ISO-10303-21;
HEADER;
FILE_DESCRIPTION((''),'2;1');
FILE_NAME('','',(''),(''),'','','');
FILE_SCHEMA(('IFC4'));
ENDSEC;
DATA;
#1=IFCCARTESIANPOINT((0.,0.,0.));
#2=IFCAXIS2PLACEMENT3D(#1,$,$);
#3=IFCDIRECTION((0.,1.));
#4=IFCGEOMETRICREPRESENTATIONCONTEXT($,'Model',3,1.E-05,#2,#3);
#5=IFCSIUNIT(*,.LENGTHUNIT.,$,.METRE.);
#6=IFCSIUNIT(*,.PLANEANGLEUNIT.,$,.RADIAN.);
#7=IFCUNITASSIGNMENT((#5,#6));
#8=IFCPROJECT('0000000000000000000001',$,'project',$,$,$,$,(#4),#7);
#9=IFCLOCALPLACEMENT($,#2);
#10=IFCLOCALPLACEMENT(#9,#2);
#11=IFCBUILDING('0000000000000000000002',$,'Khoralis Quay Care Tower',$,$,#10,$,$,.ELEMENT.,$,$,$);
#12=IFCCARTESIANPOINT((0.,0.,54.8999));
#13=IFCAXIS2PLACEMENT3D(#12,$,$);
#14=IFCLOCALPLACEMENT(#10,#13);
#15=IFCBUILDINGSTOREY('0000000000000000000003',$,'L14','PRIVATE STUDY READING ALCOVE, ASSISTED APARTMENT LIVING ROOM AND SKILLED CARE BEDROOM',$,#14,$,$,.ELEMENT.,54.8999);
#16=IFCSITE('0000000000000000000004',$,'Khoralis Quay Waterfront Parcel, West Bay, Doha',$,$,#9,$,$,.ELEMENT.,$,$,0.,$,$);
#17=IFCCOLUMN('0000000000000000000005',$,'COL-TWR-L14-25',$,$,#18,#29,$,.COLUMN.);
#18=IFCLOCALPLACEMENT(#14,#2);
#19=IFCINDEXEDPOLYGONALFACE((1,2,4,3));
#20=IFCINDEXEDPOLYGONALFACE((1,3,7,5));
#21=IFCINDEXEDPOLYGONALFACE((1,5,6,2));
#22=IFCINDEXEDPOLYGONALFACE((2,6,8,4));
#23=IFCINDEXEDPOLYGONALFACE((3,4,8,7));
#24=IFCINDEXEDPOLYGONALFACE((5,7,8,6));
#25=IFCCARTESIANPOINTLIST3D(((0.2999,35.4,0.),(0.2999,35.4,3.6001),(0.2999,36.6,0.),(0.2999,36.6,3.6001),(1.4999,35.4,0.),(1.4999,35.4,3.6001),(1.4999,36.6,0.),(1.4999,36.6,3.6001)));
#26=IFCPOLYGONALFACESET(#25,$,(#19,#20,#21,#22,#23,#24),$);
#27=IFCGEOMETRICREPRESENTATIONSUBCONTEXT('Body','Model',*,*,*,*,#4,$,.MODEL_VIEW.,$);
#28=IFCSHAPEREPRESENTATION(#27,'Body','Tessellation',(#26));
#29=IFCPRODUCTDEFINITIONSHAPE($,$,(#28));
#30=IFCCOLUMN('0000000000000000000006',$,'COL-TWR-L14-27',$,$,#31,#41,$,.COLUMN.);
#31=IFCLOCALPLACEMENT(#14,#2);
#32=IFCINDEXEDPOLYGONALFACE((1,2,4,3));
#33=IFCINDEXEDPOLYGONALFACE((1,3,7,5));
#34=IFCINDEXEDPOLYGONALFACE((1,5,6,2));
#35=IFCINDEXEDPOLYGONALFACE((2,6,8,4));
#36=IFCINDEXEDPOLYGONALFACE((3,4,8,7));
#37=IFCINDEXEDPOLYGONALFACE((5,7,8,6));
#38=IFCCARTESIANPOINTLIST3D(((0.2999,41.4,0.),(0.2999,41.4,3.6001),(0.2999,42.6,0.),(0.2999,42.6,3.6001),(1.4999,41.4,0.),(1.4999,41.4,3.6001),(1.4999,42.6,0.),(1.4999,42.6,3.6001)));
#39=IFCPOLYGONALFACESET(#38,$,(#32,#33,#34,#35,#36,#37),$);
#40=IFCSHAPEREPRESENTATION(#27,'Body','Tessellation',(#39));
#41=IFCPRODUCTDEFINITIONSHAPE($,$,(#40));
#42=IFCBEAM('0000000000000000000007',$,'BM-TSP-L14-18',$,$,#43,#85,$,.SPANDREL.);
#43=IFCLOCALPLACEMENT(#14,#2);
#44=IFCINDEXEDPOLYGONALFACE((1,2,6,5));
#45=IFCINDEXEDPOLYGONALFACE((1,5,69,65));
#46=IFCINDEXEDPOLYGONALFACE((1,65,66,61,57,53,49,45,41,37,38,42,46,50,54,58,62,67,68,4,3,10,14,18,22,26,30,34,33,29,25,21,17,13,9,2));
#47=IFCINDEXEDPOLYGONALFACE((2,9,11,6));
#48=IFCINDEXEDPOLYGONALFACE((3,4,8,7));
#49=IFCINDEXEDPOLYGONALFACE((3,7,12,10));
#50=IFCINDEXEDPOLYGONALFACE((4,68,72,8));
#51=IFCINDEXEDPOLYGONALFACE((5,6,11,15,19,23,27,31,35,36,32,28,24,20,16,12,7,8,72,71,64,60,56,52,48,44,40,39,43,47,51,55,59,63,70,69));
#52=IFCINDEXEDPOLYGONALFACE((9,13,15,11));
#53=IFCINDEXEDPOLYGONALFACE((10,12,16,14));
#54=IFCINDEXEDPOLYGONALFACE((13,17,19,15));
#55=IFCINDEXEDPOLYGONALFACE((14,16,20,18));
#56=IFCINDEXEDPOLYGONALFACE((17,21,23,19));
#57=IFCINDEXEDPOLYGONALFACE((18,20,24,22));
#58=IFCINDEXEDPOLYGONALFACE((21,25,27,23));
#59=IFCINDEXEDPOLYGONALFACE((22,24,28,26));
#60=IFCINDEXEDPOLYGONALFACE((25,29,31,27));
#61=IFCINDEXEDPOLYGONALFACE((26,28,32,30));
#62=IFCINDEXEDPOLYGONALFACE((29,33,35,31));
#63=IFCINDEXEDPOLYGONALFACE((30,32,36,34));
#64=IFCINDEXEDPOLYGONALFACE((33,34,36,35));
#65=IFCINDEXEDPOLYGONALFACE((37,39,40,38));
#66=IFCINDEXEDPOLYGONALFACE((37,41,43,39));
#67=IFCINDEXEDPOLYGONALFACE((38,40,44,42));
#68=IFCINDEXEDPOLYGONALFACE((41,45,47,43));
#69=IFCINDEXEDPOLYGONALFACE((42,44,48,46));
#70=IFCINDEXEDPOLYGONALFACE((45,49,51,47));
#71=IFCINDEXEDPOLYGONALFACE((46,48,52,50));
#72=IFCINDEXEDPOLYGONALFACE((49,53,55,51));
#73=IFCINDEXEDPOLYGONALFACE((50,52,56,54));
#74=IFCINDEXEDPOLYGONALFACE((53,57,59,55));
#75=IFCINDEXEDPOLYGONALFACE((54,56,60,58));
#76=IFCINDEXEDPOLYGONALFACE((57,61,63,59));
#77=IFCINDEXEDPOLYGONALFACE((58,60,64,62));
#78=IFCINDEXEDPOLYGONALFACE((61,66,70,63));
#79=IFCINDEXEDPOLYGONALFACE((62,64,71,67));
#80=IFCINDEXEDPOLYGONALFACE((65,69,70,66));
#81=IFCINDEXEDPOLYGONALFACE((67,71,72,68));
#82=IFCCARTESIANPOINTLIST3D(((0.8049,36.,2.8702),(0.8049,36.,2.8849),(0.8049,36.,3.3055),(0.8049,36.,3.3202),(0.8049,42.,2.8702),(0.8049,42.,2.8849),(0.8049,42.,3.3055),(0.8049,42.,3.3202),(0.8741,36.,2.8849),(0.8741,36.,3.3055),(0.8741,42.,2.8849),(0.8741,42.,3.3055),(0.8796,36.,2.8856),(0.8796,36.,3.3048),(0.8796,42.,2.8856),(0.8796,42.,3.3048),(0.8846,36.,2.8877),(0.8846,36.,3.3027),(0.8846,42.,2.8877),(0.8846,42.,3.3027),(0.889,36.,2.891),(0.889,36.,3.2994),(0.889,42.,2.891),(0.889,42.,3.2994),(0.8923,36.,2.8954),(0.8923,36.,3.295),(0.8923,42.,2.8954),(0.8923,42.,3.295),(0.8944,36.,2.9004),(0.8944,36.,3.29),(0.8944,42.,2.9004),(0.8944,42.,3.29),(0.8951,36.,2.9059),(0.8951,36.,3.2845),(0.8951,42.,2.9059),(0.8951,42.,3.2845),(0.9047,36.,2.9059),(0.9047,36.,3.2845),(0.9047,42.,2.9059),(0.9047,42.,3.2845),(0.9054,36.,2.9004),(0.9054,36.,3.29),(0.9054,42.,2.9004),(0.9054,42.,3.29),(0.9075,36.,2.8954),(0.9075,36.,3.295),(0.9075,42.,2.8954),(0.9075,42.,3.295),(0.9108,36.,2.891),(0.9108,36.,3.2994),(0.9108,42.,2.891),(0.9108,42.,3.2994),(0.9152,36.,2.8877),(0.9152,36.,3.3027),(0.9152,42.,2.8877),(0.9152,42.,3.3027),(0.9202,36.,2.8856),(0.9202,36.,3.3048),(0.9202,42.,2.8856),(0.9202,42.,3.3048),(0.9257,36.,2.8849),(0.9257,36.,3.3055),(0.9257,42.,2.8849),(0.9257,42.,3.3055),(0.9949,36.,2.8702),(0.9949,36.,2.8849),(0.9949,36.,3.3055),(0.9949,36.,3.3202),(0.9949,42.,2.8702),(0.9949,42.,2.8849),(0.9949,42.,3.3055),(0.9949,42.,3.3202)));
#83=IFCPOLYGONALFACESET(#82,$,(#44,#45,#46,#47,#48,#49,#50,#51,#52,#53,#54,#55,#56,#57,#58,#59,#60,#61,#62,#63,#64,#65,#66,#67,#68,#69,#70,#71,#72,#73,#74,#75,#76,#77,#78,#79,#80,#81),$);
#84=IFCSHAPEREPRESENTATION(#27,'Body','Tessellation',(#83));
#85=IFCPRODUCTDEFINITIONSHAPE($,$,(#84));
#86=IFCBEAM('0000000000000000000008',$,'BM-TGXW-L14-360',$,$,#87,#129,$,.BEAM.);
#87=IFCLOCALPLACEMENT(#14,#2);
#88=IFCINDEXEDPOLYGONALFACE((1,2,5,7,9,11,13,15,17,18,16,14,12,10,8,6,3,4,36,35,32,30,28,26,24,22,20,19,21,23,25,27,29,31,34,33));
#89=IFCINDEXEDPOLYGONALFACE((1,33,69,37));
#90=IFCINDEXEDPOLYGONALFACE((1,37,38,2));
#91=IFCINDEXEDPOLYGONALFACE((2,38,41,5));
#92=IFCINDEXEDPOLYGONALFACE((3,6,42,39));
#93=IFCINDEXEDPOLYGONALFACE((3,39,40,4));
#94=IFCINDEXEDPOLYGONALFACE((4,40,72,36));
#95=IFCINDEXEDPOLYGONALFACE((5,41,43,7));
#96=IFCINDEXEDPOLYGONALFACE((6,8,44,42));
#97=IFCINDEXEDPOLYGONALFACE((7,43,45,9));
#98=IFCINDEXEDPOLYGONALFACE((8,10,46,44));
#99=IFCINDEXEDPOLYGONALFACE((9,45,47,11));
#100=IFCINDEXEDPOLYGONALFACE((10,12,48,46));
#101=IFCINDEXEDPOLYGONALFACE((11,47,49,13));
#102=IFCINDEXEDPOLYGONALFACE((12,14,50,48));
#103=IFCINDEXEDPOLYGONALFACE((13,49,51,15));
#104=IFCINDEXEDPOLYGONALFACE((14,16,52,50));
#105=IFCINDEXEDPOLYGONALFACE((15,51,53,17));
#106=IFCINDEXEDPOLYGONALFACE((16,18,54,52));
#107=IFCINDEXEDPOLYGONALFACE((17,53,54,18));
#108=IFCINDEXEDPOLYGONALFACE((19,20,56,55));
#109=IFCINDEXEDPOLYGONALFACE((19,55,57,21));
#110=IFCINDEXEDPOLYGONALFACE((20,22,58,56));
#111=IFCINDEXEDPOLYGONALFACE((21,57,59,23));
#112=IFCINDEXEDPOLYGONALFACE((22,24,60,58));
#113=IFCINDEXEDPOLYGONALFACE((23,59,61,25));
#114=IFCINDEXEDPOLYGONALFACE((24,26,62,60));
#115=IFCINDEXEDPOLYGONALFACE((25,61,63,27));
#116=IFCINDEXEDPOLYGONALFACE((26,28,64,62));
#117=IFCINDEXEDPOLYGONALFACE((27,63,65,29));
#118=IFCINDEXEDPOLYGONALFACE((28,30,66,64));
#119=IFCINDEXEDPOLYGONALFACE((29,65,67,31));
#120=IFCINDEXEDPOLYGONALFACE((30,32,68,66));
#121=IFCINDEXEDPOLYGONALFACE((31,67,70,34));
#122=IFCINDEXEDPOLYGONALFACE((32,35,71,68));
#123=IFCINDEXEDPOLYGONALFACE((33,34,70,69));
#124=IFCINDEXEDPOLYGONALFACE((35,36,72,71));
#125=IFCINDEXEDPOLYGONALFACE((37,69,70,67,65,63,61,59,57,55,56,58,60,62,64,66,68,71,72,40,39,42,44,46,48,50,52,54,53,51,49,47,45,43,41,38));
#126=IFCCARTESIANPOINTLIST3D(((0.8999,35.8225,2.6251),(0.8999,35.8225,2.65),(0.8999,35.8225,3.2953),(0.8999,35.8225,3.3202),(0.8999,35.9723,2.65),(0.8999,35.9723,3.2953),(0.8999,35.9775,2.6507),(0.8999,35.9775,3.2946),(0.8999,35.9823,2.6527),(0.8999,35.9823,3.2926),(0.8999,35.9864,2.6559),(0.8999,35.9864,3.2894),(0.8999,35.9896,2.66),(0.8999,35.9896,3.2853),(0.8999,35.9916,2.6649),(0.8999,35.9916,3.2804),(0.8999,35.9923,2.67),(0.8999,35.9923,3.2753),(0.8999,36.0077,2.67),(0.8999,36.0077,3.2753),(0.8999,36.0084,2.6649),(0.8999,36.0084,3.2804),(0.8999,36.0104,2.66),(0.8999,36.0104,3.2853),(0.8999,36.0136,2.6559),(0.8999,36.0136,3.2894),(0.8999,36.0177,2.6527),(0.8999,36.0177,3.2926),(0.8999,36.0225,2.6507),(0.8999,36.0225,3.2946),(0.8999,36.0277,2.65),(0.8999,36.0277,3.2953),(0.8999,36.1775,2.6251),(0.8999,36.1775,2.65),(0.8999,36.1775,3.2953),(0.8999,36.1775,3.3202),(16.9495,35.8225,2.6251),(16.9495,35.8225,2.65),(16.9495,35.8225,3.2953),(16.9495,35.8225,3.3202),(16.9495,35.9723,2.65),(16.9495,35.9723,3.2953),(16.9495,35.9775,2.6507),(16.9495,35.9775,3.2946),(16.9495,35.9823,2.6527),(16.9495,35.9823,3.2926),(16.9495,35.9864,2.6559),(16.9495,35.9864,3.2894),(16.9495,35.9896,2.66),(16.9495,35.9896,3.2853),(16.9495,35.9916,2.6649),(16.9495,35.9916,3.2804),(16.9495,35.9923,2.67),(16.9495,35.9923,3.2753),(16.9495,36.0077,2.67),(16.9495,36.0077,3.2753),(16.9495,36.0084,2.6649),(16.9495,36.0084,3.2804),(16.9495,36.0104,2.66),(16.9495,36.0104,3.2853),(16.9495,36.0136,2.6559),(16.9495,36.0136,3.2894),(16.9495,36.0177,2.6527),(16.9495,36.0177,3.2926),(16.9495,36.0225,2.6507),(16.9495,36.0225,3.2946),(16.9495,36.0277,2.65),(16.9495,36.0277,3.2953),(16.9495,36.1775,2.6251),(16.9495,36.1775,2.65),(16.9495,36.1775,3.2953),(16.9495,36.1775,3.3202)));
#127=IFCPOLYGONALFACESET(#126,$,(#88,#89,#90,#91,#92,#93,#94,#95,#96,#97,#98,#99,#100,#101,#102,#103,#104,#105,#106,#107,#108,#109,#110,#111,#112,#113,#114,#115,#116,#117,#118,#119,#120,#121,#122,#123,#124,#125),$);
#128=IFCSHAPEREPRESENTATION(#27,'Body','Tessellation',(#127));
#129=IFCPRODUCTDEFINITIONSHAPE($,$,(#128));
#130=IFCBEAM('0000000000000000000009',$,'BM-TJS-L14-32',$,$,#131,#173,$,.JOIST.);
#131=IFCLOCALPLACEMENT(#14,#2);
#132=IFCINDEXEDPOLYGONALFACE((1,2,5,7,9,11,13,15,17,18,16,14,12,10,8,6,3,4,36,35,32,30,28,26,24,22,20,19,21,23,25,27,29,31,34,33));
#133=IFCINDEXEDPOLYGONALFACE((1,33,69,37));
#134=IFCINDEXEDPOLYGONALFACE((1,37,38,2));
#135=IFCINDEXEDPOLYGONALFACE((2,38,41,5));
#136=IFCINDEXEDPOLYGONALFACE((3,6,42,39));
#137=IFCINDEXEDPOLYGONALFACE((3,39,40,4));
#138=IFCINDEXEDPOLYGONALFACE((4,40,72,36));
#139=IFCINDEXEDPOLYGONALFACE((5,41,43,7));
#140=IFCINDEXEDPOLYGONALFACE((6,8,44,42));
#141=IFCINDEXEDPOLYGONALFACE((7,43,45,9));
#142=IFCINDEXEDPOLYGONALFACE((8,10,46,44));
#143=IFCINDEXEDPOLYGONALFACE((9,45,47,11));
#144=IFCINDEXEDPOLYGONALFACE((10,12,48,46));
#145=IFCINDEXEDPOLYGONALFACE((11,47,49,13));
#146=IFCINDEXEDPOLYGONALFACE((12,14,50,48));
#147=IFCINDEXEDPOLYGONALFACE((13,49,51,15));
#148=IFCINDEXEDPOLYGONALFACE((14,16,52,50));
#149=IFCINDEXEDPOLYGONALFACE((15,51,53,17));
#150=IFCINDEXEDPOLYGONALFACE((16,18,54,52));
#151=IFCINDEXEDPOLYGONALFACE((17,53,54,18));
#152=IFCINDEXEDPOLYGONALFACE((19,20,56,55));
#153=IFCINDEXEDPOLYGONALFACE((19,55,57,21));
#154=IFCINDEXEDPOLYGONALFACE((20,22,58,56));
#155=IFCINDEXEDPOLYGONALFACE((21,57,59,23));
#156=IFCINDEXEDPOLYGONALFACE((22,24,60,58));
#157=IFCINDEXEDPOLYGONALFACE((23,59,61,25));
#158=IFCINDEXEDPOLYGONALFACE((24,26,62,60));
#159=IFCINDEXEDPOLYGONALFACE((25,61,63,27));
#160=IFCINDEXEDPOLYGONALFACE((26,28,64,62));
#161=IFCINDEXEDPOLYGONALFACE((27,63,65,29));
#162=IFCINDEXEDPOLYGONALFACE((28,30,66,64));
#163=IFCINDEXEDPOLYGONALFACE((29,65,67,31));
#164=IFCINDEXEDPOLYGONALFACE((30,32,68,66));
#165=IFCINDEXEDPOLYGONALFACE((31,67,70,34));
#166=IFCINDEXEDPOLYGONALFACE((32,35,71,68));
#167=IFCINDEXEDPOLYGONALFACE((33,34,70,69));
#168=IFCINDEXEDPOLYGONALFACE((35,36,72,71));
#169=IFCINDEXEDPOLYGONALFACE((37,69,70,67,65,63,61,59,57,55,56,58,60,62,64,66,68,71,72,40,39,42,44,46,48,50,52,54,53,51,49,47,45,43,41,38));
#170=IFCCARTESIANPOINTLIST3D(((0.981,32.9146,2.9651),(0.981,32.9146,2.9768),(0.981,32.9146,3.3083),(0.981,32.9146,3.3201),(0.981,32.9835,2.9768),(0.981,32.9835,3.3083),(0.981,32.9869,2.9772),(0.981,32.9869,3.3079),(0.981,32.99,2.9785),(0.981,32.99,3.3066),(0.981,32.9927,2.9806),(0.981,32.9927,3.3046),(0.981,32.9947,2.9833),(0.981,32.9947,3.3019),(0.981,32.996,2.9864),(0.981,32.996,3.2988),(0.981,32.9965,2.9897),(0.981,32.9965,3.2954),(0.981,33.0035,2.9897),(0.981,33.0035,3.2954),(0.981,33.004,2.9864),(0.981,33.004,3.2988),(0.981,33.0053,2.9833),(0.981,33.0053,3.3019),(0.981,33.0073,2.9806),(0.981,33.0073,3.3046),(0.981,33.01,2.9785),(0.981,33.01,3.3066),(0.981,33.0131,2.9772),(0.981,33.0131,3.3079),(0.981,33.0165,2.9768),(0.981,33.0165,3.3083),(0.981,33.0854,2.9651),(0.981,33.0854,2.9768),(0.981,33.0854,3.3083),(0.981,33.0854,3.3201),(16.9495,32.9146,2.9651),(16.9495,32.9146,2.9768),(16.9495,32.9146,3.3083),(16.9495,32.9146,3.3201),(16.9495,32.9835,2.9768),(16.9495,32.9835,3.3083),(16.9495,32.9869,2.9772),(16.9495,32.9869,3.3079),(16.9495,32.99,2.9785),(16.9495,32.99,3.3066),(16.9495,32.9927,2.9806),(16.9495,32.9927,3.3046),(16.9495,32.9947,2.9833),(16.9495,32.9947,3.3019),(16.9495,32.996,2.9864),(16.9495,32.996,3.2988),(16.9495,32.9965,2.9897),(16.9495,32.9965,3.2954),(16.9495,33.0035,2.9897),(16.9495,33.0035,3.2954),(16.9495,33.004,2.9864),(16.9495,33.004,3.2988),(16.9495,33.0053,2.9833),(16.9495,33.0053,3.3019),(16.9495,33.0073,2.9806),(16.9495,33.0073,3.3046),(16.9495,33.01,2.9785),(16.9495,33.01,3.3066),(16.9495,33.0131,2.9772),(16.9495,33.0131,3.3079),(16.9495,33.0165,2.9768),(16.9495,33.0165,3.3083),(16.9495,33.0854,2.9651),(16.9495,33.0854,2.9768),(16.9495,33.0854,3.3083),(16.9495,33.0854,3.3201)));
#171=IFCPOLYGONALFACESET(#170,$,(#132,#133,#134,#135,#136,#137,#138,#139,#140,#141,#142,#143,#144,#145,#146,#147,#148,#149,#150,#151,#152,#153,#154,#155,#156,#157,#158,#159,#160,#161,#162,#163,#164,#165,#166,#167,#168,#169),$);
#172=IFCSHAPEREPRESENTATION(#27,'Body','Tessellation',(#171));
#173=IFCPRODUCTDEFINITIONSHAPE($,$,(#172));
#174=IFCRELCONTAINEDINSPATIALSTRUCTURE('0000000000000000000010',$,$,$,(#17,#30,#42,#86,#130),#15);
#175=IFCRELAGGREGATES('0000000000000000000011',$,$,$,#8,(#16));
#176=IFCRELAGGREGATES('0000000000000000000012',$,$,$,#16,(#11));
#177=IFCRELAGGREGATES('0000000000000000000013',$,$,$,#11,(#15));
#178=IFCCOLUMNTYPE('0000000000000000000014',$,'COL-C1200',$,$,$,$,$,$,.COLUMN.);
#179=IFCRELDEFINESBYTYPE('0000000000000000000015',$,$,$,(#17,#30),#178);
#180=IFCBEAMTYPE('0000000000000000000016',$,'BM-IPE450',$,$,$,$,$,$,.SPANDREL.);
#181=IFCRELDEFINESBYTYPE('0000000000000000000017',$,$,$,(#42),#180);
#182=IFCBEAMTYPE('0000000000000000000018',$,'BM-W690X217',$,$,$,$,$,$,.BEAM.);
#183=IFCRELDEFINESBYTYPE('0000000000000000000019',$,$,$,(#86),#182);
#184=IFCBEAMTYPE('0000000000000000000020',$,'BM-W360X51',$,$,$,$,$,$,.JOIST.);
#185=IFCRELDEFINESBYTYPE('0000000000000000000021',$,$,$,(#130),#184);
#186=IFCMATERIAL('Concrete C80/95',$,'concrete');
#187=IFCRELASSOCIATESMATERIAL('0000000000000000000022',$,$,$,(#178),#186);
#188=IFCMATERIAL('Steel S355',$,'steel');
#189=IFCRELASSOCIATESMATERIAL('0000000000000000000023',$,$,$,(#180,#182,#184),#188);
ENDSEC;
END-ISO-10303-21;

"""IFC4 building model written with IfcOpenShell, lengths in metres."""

from ifc_helpers import new_model, si_unit, direction, frame, origin, origin_2d, place, context, subcontext, project, spatial, rectangle, i_section, extrude, source, transform, mapped, material, material_profile, profile_set, type_object, element, save


model = new_model("IFC4")

# Units and contexts
model_context = context("Model", 3, precision=1e-05, world=origin(), true_north=direction((0.0, 1.0)))
body_context = subcontext(model_context, "Body", "Model", "MODEL_VIEW")
ifc_project = project(units=[si_unit("LENGTHUNIT", "METRE"), si_unit("PLANEANGLEUNIT", "RADIAN")], contexts=[model_context])

# Site, building, storey
site_placement = place(None, origin())
site = spatial("IfcSite", under=ifc_project, at=site_placement, Name="Khoralis Quay Waterfront Parcel, West Bay, Doha", CompositionType="ELEMENT", RefElevation=0.0)
building_placement = place(site_placement, origin())
building = spatial("IfcBuilding", under=site, at=building_placement, Name="Khoralis Quay Care Tower", CompositionType="ELEMENT")
storey_placement = place(building_placement, frame((0.0, 0.0, 54.8999)))
storey = spatial("IfcBuildingStorey", under=building, at=storey_placement, Name="L14", Description="PRIVATE STUDY READING ALCOVE, ASSISTED APARTMENT LIVING ROOM AND SKILLED CARE BEDROOM", CompositionType="ELEMENT", Elevation=54.8999)

# Columns
ifc_material_1 = material(Name="Concrete C80/95", Category="concrete")
ifc_material_profile_1 = material_profile(ifc_material_1, rectangle(XDim=1.2, YDim=1.2, at=origin_2d()), Name="Concrete C80/95")
ifc_profile_set_1 = profile_set([ifc_material_profile_1], Name="Concrete C80/95")
column_type = type_object("IfcColumnType", Name="COL-C1200", PredefinedType="COLUMN", material=ifc_profile_set_1)
shared_shape_1 = source(origin(), body_context, "Body", "SweptSolid", [
    extrude(rectangle(XDim=1.2, YDim=1.2, at=origin_2d()), origin(), (0.0, 0.0, 1.0), 3.6001),
])
for number, where, z_axis, x_axis, name in (
    (1, (0.8999, 36.0, 0.0), (0.0, 0.0, 1.0), (1.0, 0.0, 0.0), "COL-TWR-L14-25"),
    (2, (0.8999, 42.0, 0.0), (0.0, 0.0, 1.0), (1.0, 0.0, 0.0), "COL-TWR-L14-27"),
):
    element("IfcColumn", number, at=place(storey_placement, frame(where, z_axis=z_axis, x_axis=x_axis)), inside=storey, type_object=column_type, Name=name, PredefinedType="COLUMN", context=body_context, shape_type="MappedRepresentation", body=[
        mapped(shared_shape_1, transform((0.0, 0.0, 0.0), scale=1.0)),
    ])

# Beams
ifc_material_2 = material(Name="Steel S355", Category="steel")
ifc_material_profile_2 = material_profile(ifc_material_2, i_section(OverallWidth=0.1899, OverallDepth=0.45, WebThickness=0.0095, FlangeThickness=0.0146, FilletRadius=0.021, at=origin_2d()), Name="Steel S355")
ifc_profile_set_2 = profile_set([ifc_material_profile_2], Name="Steel S355")
beam_type_1 = type_object("IfcBeamType", Name="BM-IPE450", PredefinedType="SPANDREL", material=ifc_profile_set_2)
shared_shape_2 = source(origin(), body_context, "Body", "SweptSolid", [
    extrude(i_section(OverallWidth=0.1899, OverallDepth=0.45, WebThickness=0.0095, FlangeThickness=0.0146, FilletRadius=0.021, at=origin_2d()), origin(), (0.0, 0.0, 1.0), 6.0),
])
beam_1_placement = place(storey_placement, frame((0.8999, 36.0, 3.0952), z_axis=(0.0, 1.0, 0.0), x_axis=(-1.0, 0.0, 0.0)))
element("IfcBeam", 3, at=beam_1_placement, inside=storey, type_object=beam_type_1, Name="BM-TSP-L14-18", PredefinedType="SPANDREL", context=body_context, shape_type="MappedRepresentation", body=[
    mapped(shared_shape_2, transform((0.0, 0.0, 0.0), scale=1.0)),
])
ifc_material_profile_3 = material_profile(ifc_material_2, i_section(OverallWidth=0.355, OverallDepth=0.6951, WebThickness=0.0154, FlangeThickness=0.0249, FilletRadius=0.02, at=origin_2d()), Name="Steel S355")
ifc_profile_set_3 = profile_set([ifc_material_profile_3], Name="Steel S355")
beam_type_2 = type_object("IfcBeamType", Name="BM-W690X217", PredefinedType="BEAM", material=ifc_profile_set_3)
shared_shape_3 = source(origin(), body_context, "Body", "SweptSolid", [
    extrude(i_section(OverallWidth=0.355, OverallDepth=0.6951, WebThickness=0.0154, FlangeThickness=0.0249, FilletRadius=0.02, at=origin_2d()), origin(), (0.0, 0.0, 1.0), 16.0496),
])
beam_2_placement = place(storey_placement, frame((0.8999, 36.0, 2.9727), z_axis=(1.0, 0.0, 0.0), x_axis=(0.0, 1.0, 0.0)))
element("IfcBeam", 4, at=beam_2_placement, inside=storey, type_object=beam_type_2, Name="BM-TGXW-L14-360", PredefinedType="BEAM", context=body_context, shape_type="MappedRepresentation", body=[
    mapped(shared_shape_3, transform((0.0, 0.0, 0.0), scale=1.0)),
])
ifc_material_profile_4 = material_profile(ifc_material_2, i_section(OverallWidth=0.1709, OverallDepth=0.355, WebThickness=0.0071, FlangeThickness=0.0117, FilletRadius=0.0129, at=origin_2d()), Name="Steel S355")
ifc_profile_set_4 = profile_set([ifc_material_profile_4], Name="Steel S355")
beam_type_3 = type_object("IfcBeamType", Name="BM-W360X51", PredefinedType="JOIST", material=ifc_profile_set_4)
shared_shape_4 = source(origin(), body_context, "Body", "SweptSolid", [
    extrude(i_section(OverallWidth=0.1709, OverallDepth=0.355, WebThickness=0.0071, FlangeThickness=0.0117, FilletRadius=0.0129, at=origin_2d()), origin(), (0.0, 0.0, 1.0), 15.9685),
])
for number, where, z_axis, x_axis, name in (
    (5, (0.981, 33.0, 3.1426), (1.0, 0.0, 0.0), (0.0, 1.0, 0.0), "BM-TJS-L14-32"),
):
    element("IfcBeam", number, at=place(storey_placement, frame(where, z_axis=z_axis, x_axis=x_axis)), inside=storey, type_object=beam_type_3, Name=name, PredefinedType="JOIST", context=body_context, shape_type="MappedRepresentation", body=[
        mapped(shared_shape_4, transform((0.0, 0.0, 0.0), scale=1.0)),
    ])

save(model, "model.ifc")
